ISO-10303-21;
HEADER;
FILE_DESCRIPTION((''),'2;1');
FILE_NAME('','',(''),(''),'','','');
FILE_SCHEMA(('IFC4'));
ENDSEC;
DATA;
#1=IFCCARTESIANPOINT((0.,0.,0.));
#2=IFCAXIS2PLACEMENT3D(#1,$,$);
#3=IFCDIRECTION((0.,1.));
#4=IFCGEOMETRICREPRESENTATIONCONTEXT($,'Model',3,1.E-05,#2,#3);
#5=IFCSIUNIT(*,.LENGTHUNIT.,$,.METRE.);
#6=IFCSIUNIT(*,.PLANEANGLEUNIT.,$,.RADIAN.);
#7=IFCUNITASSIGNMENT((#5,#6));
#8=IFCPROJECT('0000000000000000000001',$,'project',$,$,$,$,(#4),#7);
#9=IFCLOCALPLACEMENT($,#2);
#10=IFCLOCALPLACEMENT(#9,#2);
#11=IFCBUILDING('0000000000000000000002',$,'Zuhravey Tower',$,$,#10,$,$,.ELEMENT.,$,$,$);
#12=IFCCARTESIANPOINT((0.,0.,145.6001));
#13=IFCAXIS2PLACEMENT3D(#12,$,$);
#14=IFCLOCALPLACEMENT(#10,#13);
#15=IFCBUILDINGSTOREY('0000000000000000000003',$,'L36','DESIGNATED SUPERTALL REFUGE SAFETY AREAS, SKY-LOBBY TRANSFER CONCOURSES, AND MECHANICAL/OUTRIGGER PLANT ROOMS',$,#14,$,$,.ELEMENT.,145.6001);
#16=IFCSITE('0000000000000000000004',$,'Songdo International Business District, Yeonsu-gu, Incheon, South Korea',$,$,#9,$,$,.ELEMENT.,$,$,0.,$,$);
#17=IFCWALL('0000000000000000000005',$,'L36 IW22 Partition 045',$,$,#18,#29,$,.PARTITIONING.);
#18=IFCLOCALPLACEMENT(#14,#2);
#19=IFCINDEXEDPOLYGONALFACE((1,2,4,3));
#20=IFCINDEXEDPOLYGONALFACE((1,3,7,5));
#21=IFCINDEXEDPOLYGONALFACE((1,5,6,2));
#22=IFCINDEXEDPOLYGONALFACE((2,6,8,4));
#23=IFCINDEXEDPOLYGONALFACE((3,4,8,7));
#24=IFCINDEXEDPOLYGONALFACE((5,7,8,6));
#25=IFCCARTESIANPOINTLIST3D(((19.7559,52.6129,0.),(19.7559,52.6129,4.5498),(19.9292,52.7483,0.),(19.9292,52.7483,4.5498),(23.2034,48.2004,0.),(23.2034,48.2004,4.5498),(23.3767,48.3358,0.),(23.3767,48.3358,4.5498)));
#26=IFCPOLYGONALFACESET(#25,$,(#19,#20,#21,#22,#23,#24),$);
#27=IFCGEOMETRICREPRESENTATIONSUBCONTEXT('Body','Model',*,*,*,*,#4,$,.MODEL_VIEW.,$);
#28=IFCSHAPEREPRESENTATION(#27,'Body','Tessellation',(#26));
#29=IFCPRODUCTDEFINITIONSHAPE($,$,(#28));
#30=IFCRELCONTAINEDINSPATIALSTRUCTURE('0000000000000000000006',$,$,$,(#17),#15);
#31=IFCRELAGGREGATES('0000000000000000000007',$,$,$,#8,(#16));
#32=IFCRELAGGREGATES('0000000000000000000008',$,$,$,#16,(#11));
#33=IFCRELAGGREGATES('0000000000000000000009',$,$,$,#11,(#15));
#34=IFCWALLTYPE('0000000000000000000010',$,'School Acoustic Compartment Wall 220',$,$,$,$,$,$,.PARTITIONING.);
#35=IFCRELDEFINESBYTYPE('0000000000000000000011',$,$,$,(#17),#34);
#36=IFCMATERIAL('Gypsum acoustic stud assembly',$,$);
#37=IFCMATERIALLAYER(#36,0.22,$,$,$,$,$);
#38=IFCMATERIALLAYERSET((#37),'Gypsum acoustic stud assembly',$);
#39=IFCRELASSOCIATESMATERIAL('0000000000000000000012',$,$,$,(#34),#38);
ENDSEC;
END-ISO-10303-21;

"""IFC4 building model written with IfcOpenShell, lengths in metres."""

from ifc_helpers import new_model, si_unit, direction, frame, frame_2d, origin, place, context, subcontext, project, spatial, rectangle, extrude, material, layer, layer_set, type_object, element, save


model = new_model("IFC4")

# Units and contexts
model_context = context("Model", 3, precision=1e-05, world=origin(), true_north=direction((0.0, 1.0)))
body_context = subcontext(model_context, "Body", "Model", "MODEL_VIEW")
ifc_project = project(units=[si_unit("LENGTHUNIT", "METRE"), si_unit("PLANEANGLEUNIT", "RADIAN")], contexts=[model_context])

# Site, building, storey
site_placement = place(None, origin())
site = spatial("IfcSite", under=ifc_project, at=site_placement, Name="Songdo International Business District, Yeonsu-gu, Incheon, South Korea", CompositionType="ELEMENT", RefElevation=0.0)
building_placement = place(site_placement, origin())
building = spatial("IfcBuilding", under=site, at=building_placement, Name="Zuhravey Tower", CompositionType="ELEMENT")
storey_placement = place(building_placement, frame((0.0, 0.0, 145.6001)))
storey = spatial("IfcBuildingStorey", under=building, at=storey_placement, Name="L36", Description="DESIGNATED SUPERTALL REFUGE SAFETY AREAS, SKY-LOBBY TRANSFER CONCOURSES, AND MECHANICAL/OUTRIGGER PLANT ROOMS", CompositionType="ELEMENT", Elevation=145.6001)

# Wall
ifc_material_1 = material(Name="Gypsum acoustic stud assembly")
ifc_layer_1 = layer(ifc_material_1, 0.22)
ifc_layer_set_1 = layer_set([ifc_layer_1], Name="Gypsum acoustic stud assembly")
wall_type_1 = type_object("IfcWallType", Name="School Acoustic Compartment Wall 220", PredefinedType="PARTITIONING", material=ifc_layer_set_1)
wall_1_placement = place(storey_placement, frame((23.29, 48.2681, 0.0), z_axis=(0.0, 0.0, 1.0), x_axis=(-0.615663, 0.78801, 0.0)))
element("IfcWall", 1, at=wall_1_placement, inside=storey, type_object=wall_type_1, Name="L36 IW22 Partition 045", PredefinedType="PARTITIONING", context=body_context, shape_type="SweptSolid", body=[
    extrude(rectangle(XDim=5.5996, YDim=0.22, at=frame_2d((2.7998, 0.0))), origin(), (0.0, 0.0, 1.0), 4.5498),
])

save(model, "model.ifc")
